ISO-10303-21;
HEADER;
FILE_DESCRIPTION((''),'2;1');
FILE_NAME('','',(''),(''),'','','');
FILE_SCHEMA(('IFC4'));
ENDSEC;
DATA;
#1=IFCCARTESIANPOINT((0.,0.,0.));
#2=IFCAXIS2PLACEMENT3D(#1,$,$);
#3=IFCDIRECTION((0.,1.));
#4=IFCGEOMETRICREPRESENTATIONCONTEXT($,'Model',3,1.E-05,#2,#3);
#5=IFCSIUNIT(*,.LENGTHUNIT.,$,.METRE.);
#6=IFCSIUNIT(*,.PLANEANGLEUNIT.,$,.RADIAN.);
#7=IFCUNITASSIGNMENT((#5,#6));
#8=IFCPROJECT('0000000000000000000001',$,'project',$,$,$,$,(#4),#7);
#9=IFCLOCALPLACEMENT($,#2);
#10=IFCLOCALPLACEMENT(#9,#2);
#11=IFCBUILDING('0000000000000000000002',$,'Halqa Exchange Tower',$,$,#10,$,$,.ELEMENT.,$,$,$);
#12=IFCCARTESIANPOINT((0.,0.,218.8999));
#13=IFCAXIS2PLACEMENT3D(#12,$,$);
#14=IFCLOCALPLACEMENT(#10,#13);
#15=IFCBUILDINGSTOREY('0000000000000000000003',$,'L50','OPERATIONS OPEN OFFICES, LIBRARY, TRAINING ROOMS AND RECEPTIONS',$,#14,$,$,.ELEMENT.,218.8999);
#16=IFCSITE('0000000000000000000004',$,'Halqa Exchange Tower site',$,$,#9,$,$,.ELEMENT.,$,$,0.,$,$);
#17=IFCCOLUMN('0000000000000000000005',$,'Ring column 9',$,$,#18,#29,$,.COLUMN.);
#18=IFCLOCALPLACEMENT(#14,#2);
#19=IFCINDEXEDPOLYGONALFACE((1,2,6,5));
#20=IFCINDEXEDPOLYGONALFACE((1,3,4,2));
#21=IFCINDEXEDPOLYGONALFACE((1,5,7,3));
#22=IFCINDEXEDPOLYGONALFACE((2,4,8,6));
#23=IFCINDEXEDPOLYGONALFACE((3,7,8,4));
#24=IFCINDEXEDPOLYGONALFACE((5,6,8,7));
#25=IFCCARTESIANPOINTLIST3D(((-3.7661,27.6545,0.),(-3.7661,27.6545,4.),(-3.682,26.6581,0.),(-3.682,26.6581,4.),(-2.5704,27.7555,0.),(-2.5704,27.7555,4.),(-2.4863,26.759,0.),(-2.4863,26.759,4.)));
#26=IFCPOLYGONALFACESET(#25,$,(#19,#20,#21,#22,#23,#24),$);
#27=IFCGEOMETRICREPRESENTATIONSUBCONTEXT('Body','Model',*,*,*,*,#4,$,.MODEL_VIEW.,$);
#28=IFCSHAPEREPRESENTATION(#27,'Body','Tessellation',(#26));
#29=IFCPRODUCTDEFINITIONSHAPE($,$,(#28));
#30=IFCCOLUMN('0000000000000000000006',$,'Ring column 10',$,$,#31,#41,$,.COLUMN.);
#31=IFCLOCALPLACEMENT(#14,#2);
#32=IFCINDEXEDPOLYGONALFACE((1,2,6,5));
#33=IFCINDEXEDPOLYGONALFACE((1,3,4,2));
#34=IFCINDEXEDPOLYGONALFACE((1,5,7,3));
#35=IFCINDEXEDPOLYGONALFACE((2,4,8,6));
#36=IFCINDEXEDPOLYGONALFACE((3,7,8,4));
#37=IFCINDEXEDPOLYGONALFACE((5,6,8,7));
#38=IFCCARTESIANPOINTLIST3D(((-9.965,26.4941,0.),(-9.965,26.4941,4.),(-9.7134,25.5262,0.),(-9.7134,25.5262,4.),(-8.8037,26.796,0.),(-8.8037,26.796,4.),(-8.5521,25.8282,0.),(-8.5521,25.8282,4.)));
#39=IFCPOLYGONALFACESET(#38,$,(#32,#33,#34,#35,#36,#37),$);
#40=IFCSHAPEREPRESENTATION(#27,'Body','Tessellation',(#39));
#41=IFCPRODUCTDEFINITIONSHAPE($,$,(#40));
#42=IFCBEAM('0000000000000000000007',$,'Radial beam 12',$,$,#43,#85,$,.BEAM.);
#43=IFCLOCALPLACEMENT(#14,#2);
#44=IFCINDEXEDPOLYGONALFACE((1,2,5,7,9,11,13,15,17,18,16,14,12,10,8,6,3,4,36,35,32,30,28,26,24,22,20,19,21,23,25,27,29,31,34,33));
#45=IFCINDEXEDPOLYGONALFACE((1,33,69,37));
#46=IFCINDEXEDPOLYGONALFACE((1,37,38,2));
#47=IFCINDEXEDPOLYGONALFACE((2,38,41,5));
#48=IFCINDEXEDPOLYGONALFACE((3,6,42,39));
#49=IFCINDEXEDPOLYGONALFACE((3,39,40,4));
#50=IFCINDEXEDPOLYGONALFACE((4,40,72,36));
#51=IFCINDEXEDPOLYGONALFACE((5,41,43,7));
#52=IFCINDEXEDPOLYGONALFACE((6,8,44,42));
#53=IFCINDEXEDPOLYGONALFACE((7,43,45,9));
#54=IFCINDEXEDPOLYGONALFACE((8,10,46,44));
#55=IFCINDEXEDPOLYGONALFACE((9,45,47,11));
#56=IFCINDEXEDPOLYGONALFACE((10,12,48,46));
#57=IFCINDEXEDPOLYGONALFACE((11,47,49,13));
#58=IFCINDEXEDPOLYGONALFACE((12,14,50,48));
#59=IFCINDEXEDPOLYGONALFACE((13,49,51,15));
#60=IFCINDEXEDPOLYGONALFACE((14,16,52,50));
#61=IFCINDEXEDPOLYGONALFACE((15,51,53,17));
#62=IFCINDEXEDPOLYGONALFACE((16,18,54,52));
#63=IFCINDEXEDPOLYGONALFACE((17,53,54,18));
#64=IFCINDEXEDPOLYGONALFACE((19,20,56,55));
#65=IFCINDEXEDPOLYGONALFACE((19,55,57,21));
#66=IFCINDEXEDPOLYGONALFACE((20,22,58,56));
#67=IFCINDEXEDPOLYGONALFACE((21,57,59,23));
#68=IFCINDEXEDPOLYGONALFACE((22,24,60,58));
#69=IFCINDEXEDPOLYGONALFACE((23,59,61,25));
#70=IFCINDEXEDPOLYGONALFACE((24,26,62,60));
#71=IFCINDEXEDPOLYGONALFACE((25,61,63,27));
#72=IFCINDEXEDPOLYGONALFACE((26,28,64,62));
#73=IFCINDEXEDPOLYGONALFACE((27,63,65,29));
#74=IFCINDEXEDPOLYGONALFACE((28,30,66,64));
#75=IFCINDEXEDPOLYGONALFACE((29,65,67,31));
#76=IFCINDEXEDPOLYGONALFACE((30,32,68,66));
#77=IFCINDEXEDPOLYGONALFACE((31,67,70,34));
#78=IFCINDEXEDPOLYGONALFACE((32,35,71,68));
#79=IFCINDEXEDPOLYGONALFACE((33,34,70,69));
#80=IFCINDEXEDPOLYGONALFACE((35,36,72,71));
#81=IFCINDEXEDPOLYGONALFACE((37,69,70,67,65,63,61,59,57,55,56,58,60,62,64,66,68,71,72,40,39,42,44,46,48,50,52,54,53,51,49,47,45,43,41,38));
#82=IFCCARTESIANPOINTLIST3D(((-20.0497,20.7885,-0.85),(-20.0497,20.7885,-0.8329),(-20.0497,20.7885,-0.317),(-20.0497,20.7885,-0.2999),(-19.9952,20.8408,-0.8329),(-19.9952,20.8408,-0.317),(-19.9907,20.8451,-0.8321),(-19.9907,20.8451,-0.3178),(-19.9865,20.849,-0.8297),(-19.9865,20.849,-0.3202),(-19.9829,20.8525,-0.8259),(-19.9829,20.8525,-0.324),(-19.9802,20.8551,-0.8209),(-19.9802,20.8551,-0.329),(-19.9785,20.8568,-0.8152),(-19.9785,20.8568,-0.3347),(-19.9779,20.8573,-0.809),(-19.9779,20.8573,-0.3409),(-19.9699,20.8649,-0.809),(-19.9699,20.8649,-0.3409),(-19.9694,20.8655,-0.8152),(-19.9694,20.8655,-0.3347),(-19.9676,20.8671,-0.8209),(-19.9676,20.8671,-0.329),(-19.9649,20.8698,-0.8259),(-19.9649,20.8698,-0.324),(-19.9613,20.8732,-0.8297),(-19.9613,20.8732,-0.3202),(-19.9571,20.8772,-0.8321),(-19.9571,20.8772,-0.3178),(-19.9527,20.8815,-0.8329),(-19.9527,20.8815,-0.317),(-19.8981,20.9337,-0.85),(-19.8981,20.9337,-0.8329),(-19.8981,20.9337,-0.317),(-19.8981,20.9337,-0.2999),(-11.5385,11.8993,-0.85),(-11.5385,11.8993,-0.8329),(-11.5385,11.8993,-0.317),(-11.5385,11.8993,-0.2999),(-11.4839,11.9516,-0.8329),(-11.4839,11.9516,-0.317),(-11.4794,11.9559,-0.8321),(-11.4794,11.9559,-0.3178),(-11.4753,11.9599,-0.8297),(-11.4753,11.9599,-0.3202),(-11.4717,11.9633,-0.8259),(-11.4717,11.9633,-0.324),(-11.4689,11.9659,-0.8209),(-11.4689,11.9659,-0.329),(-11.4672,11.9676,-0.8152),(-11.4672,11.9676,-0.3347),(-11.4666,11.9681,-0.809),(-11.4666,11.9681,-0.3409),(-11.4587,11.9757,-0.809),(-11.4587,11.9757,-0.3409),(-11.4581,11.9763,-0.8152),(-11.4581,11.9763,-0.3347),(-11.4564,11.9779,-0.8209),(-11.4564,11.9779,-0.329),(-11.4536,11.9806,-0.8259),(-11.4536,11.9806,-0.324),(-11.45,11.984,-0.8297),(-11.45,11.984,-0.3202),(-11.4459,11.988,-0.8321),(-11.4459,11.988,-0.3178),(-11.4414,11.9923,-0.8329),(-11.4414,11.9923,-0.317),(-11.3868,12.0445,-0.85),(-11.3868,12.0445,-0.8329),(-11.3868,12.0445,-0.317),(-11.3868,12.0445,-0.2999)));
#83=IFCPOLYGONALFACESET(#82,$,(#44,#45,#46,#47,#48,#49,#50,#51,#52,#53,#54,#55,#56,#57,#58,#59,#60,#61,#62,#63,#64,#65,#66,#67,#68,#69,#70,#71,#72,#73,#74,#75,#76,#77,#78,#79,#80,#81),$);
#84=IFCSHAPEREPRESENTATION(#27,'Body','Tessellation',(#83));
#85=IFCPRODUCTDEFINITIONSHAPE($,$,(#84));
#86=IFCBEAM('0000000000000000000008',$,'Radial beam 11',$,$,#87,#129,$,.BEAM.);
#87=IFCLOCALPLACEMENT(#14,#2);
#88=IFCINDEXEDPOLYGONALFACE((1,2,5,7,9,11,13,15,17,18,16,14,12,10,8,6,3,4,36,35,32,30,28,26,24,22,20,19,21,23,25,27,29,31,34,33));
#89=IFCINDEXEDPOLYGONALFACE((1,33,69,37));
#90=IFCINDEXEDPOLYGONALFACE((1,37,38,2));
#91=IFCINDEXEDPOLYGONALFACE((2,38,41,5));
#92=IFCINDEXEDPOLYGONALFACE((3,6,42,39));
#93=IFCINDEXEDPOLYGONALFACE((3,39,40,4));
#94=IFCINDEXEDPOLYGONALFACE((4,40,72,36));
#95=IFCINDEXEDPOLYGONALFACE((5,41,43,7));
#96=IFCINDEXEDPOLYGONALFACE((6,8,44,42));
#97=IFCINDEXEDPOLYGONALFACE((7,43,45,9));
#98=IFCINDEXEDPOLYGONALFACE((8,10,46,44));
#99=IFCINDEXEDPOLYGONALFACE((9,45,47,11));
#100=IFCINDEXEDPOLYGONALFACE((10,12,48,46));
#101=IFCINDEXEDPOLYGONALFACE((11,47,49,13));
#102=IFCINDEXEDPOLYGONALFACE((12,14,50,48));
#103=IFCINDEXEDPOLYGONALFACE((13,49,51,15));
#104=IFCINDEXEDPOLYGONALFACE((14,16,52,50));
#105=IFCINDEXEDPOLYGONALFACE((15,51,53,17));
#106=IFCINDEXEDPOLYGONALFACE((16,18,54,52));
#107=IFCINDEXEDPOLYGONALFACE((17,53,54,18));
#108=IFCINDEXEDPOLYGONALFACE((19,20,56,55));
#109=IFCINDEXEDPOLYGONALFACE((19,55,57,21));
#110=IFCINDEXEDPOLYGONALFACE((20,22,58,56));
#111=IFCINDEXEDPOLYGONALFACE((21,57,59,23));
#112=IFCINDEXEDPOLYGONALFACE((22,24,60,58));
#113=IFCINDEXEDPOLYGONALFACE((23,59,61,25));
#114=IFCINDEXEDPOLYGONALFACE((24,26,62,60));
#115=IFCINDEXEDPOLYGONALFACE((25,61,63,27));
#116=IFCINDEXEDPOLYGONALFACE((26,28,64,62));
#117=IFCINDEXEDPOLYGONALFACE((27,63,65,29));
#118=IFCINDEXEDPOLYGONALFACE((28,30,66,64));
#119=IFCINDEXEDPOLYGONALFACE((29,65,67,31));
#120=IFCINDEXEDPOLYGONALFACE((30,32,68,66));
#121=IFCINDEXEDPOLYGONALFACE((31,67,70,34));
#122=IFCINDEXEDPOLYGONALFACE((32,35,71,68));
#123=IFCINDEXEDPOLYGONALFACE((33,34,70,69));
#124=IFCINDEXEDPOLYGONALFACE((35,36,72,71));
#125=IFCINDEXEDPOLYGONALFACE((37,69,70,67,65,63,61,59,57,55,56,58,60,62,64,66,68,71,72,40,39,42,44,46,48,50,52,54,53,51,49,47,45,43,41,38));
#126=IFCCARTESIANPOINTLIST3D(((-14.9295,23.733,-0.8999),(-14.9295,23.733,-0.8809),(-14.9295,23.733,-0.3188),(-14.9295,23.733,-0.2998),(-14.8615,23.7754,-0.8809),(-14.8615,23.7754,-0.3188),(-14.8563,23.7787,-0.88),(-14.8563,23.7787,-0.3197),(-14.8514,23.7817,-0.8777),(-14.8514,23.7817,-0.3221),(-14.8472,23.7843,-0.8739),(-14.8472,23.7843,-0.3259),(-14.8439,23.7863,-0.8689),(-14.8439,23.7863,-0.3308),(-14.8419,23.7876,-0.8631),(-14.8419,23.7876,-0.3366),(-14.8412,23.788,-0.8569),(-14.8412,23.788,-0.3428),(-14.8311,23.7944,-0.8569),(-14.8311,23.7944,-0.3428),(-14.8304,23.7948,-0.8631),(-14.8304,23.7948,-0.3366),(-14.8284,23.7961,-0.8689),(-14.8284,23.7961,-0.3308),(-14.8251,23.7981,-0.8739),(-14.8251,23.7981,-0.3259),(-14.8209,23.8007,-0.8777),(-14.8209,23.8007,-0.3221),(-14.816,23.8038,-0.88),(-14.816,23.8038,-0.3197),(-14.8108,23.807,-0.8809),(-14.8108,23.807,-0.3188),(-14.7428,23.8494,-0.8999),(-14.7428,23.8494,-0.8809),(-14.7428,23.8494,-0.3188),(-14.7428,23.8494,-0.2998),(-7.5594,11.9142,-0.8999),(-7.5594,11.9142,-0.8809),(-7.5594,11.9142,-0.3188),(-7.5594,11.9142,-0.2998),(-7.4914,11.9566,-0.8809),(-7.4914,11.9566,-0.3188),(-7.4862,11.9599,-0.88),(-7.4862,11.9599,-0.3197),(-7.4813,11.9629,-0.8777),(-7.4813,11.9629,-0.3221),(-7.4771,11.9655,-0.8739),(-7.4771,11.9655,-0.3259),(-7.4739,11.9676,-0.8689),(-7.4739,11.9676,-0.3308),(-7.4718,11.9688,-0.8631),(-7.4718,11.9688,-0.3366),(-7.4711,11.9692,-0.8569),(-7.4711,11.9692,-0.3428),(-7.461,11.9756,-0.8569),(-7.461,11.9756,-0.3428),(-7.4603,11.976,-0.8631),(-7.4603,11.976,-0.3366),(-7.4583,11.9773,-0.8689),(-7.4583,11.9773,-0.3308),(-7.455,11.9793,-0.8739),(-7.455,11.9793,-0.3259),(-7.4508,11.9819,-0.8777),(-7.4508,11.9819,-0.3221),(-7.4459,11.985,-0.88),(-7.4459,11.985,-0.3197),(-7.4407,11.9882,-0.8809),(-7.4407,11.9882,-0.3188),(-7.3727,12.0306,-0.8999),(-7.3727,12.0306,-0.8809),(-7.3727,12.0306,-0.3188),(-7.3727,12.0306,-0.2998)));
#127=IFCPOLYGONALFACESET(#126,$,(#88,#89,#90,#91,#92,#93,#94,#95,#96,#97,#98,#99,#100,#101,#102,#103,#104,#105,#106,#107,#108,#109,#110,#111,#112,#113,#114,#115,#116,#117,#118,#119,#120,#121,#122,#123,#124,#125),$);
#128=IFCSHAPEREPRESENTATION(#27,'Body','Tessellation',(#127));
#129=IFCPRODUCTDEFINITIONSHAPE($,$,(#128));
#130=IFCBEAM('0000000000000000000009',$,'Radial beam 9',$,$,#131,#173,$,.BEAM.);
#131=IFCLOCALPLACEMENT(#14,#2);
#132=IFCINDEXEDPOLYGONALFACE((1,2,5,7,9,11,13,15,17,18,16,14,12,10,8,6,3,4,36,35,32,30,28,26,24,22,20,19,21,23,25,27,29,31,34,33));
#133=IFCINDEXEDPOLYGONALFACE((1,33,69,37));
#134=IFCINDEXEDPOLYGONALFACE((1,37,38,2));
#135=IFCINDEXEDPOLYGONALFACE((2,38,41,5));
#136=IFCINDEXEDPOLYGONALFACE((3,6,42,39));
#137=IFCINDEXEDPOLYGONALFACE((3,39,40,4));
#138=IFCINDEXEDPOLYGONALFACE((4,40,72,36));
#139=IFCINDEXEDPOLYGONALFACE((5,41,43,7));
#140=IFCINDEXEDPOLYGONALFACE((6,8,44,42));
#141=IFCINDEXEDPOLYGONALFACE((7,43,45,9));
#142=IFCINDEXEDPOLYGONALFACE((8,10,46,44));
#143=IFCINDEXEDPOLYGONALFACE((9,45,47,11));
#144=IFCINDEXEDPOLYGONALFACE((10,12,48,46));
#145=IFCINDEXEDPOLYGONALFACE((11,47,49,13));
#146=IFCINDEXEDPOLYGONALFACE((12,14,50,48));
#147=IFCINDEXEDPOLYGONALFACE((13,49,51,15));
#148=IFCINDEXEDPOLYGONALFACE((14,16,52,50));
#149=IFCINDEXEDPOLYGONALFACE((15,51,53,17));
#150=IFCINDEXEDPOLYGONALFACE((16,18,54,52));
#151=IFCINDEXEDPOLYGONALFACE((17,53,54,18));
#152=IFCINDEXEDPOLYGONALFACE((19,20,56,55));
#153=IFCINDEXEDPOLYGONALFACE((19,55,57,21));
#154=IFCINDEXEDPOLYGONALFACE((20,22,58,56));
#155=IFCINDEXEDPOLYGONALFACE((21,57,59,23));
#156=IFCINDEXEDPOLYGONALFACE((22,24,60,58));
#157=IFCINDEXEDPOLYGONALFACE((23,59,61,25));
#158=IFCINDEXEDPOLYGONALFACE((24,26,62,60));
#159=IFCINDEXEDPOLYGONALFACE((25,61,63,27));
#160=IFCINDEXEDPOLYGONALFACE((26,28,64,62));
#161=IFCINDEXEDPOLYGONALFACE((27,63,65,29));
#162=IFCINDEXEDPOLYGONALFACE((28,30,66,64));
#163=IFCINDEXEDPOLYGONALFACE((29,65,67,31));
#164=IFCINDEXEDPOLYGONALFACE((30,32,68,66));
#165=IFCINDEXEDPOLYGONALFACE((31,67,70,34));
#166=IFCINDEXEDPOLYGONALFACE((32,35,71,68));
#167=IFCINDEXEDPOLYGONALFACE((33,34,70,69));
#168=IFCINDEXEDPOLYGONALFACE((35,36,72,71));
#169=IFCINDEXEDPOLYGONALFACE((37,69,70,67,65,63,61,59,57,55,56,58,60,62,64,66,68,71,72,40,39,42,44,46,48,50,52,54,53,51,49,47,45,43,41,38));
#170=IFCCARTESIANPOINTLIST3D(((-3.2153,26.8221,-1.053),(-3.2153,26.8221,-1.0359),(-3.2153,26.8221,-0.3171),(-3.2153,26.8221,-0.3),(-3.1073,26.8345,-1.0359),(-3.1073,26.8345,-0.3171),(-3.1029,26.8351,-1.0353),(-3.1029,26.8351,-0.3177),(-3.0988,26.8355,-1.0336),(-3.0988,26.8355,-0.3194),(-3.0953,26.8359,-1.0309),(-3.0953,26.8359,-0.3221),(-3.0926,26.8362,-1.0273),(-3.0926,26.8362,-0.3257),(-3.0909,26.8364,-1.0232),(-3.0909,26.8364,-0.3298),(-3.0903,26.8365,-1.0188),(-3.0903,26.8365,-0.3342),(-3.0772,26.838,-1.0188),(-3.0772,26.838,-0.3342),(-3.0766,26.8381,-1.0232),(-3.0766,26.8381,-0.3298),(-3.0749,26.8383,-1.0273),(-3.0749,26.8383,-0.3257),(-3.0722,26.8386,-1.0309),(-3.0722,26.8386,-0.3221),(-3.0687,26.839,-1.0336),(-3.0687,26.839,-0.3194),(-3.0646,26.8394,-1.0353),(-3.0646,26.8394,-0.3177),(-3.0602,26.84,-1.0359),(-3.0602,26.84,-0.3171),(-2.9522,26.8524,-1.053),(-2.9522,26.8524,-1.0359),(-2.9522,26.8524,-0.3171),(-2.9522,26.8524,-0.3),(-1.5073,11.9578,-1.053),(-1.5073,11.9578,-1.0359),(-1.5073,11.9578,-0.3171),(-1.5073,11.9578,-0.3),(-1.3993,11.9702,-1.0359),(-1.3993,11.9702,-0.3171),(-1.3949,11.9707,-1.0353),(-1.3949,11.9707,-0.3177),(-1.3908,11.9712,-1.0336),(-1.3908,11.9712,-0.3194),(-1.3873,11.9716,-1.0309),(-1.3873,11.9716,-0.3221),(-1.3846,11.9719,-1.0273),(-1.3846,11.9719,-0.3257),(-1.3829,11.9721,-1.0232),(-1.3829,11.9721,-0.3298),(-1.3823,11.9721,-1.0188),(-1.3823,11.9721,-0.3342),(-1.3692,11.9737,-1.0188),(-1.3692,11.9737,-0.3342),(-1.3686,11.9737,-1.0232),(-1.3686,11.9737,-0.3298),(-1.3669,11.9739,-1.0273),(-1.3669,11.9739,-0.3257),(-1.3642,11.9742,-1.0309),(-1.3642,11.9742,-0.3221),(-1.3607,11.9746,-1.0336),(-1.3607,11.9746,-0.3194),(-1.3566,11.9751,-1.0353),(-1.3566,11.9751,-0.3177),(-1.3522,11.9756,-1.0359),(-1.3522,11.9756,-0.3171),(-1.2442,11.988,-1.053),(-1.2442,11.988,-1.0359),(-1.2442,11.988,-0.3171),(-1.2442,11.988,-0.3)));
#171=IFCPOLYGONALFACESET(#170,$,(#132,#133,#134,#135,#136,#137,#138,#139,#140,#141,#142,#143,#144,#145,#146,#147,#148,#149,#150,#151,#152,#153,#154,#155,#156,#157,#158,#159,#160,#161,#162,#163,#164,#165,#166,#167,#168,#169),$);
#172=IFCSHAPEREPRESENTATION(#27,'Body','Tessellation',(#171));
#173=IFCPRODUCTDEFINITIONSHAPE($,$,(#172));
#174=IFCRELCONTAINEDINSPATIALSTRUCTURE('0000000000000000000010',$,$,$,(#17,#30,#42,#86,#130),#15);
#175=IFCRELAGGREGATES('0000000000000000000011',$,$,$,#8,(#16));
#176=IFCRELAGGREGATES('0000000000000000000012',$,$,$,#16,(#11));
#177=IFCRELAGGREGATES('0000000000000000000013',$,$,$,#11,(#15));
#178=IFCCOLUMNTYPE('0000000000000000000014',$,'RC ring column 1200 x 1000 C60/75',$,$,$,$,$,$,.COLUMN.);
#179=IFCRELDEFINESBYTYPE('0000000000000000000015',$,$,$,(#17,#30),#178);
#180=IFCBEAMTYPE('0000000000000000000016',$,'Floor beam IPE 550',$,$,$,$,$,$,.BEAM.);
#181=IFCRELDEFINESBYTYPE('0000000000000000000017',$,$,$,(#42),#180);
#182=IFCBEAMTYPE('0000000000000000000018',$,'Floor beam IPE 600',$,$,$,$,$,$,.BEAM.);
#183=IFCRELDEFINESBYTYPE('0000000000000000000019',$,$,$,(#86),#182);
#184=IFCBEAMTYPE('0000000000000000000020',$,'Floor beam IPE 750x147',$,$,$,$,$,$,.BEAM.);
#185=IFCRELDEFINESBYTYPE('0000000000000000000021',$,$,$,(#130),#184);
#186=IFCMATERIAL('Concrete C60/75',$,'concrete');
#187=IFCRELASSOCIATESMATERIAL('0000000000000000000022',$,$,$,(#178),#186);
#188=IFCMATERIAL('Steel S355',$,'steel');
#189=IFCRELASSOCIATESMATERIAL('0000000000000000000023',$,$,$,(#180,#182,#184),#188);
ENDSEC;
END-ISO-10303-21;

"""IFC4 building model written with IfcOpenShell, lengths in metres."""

from ifc_helpers import new_model, si_unit, direction, frame, origin, origin_2d, place, context, subcontext, project, spatial, rectangle, i_section, extrude, material, material_profile, profile_set, type_object, element, save


model = new_model("IFC4")

# Units and contexts
model_context = context("Model", 3, precision=1e-05, world=origin(), true_north=direction((0.0, 1.0)))
body_context = subcontext(model_context, "Body", "Model", "MODEL_VIEW")
ifc_project = project(units=[si_unit("LENGTHUNIT", "METRE"), si_unit("PLANEANGLEUNIT", "RADIAN")], contexts=[model_context])

# Site, building, storey
site_placement = place(None, origin())
site = spatial("IfcSite", under=ifc_project, at=site_placement, Name="Halqa Exchange Tower site", CompositionType="ELEMENT", RefElevation=0.0)
building_placement = place(site_placement, origin())
building = spatial("IfcBuilding", under=site, at=building_placement, Name="Halqa Exchange Tower", CompositionType="ELEMENT")
storey_placement = place(building_placement, frame((0.0, 0.0, 218.8999)))
storey = spatial("IfcBuildingStorey", under=building, at=storey_placement, Name="L50", Description="OPERATIONS OPEN OFFICES, LIBRARY, TRAINING ROOMS AND RECEPTIONS", CompositionType="ELEMENT", Elevation=218.8999)

# Columns
ifc_material_1 = material(Name="Concrete C60/75", Category="concrete")
ifc_material_profile_1 = material_profile(ifc_material_1, rectangle(XDim=1.2, YDim=1.0, at=origin_2d()), Name="1200 x 1000")
ifc_profile_set_1 = profile_set([ifc_material_profile_1], Name="Concrete C60/75")
column_type = type_object("IfcColumnType", Name="RC ring column 1200 x 1000 C60/75", PredefinedType="COLUMN", material=ifc_profile_set_1)
for number, where, z_axis, x_axis, name in (
    (1, (-3.1262, 27.2068, 0.0), (0.0, 0.0, 1.0), (-0.996455, -0.084128, 0.0), "Ring column 9"),
    (2, (-9.2585, 26.1611, 0.0), (0.0, 0.0, 1.0), (-0.967819, -0.251649, 0.0), "Ring column 10"),
):
    element("IfcColumn", number, at=place(storey_placement, frame(where, z_axis=z_axis, x_axis=x_axis)), inside=storey, type_object=column_type, Name=name, PredefinedType="COLUMN", context=body_context, shape_type="SweptSolid", body=[
        extrude(rectangle(XDim=1.2, YDim=1.0, at=origin_2d()), origin(), (0.0, 0.0, 1.0), 4.0),
    ])

# Beams
ifc_material_2 = material(Name="Steel S355", Category="steel")
ifc_material_profile_2 = material_profile(ifc_material_2, i_section(OverallWidth=0.21, OverallDepth=0.55, WebThickness=0.011, FlangeThickness=0.0171, FilletRadius=0.0239, at=origin_2d()), Name="IPE 550")
ifc_profile_set_2 = profile_set([ifc_material_profile_2], Name="Steel S355")
beam_type_1 = type_object("IfcBeamType", Name="Floor beam IPE 550", PredefinedType="BEAM", material=ifc_profile_set_2)
beam_1_placement = place(storey_placement, frame((-11.4626, 11.9719, -0.575), z_axis=(-0.691586, 0.722295, 0.0), x_axis=(-0.722295, -0.691586, 0.0)))
element("IfcBeam", 3, at=beam_1_placement, inside=storey, type_object=beam_type_1, Name="Radial beam 12", PredefinedType="BEAM", context=body_context, shape_type="SweptSolid", body=[
    extrude(i_section(OverallWidth=0.21, OverallDepth=0.55, WebThickness=0.011, FlangeThickness=0.0171, FilletRadius=0.0239, at=origin_2d()), origin(), (0.0, 0.0, 1.0), 12.3069),
])
ifc_material_profile_3 = material_profile(ifc_material_2, i_section(OverallWidth=0.22, OverallDepth=0.6001, WebThickness=0.012, FlangeThickness=0.019, FilletRadius=0.0239, at=origin_2d()), Name="IPE 600")
ifc_profile_set_3 = profile_set([ifc_material_profile_3], Name="Steel S355")
beam_type_2 = type_object("IfcBeamType", Name="Floor beam IPE 600", PredefinedType="BEAM", material=ifc_profile_set_3)
beam_2_placement = place(storey_placement, frame((-7.4661, 11.9724, -0.5999), z_axis=(-0.529138, 0.848536, 0.0), x_axis=(-0.848536, -0.529138, 0.0)))
element("IfcBeam", 4, at=beam_2_placement, inside=storey, type_object=beam_type_2, Name="Radial beam 11", PredefinedType="BEAM", context=body_context, shape_type="SweptSolid", body=[
    extrude(i_section(OverallWidth=0.22, OverallDepth=0.6001, WebThickness=0.012, FlangeThickness=0.019, FilletRadius=0.0239, at=origin_2d()), origin(), (0.0, 0.0, 1.0), 13.9285),
])
ifc_material_profile_4 = material_profile(ifc_material_2, i_section(OverallWidth=0.2649, OverallDepth=0.7529, WebThickness=0.0132, FlangeThickness=0.0171, FilletRadius=0.0171, at=origin_2d()), Name="IPE 750x147")
ifc_profile_set_4 = profile_set([ifc_material_profile_4], Name="Steel S355")
beam_type_3 = type_object("IfcBeamType", Name="Floor beam IPE 750x147", PredefinedType="BEAM", material=ifc_profile_set_4)
beam_3_placement = place(storey_placement, frame((-1.3757, 11.9729, -0.6765), z_axis=(-0.114156, 0.993463, 0.0), x_axis=(-0.993463, -0.114156, 0.0)))
element("IfcBeam", 5, at=beam_3_placement, inside=storey, type_object=beam_type_3, Name="Radial beam 9", PredefinedType="BEAM", context=body_context, shape_type="SweptSolid", body=[
    extrude(i_section(OverallWidth=0.2649, OverallDepth=0.7529, WebThickness=0.0132, FlangeThickness=0.0171, FilletRadius=0.0171, at=origin_2d()), origin(), (0.0, 0.0, 1.0), 14.9622),
])

save(model, "model.ifc")
